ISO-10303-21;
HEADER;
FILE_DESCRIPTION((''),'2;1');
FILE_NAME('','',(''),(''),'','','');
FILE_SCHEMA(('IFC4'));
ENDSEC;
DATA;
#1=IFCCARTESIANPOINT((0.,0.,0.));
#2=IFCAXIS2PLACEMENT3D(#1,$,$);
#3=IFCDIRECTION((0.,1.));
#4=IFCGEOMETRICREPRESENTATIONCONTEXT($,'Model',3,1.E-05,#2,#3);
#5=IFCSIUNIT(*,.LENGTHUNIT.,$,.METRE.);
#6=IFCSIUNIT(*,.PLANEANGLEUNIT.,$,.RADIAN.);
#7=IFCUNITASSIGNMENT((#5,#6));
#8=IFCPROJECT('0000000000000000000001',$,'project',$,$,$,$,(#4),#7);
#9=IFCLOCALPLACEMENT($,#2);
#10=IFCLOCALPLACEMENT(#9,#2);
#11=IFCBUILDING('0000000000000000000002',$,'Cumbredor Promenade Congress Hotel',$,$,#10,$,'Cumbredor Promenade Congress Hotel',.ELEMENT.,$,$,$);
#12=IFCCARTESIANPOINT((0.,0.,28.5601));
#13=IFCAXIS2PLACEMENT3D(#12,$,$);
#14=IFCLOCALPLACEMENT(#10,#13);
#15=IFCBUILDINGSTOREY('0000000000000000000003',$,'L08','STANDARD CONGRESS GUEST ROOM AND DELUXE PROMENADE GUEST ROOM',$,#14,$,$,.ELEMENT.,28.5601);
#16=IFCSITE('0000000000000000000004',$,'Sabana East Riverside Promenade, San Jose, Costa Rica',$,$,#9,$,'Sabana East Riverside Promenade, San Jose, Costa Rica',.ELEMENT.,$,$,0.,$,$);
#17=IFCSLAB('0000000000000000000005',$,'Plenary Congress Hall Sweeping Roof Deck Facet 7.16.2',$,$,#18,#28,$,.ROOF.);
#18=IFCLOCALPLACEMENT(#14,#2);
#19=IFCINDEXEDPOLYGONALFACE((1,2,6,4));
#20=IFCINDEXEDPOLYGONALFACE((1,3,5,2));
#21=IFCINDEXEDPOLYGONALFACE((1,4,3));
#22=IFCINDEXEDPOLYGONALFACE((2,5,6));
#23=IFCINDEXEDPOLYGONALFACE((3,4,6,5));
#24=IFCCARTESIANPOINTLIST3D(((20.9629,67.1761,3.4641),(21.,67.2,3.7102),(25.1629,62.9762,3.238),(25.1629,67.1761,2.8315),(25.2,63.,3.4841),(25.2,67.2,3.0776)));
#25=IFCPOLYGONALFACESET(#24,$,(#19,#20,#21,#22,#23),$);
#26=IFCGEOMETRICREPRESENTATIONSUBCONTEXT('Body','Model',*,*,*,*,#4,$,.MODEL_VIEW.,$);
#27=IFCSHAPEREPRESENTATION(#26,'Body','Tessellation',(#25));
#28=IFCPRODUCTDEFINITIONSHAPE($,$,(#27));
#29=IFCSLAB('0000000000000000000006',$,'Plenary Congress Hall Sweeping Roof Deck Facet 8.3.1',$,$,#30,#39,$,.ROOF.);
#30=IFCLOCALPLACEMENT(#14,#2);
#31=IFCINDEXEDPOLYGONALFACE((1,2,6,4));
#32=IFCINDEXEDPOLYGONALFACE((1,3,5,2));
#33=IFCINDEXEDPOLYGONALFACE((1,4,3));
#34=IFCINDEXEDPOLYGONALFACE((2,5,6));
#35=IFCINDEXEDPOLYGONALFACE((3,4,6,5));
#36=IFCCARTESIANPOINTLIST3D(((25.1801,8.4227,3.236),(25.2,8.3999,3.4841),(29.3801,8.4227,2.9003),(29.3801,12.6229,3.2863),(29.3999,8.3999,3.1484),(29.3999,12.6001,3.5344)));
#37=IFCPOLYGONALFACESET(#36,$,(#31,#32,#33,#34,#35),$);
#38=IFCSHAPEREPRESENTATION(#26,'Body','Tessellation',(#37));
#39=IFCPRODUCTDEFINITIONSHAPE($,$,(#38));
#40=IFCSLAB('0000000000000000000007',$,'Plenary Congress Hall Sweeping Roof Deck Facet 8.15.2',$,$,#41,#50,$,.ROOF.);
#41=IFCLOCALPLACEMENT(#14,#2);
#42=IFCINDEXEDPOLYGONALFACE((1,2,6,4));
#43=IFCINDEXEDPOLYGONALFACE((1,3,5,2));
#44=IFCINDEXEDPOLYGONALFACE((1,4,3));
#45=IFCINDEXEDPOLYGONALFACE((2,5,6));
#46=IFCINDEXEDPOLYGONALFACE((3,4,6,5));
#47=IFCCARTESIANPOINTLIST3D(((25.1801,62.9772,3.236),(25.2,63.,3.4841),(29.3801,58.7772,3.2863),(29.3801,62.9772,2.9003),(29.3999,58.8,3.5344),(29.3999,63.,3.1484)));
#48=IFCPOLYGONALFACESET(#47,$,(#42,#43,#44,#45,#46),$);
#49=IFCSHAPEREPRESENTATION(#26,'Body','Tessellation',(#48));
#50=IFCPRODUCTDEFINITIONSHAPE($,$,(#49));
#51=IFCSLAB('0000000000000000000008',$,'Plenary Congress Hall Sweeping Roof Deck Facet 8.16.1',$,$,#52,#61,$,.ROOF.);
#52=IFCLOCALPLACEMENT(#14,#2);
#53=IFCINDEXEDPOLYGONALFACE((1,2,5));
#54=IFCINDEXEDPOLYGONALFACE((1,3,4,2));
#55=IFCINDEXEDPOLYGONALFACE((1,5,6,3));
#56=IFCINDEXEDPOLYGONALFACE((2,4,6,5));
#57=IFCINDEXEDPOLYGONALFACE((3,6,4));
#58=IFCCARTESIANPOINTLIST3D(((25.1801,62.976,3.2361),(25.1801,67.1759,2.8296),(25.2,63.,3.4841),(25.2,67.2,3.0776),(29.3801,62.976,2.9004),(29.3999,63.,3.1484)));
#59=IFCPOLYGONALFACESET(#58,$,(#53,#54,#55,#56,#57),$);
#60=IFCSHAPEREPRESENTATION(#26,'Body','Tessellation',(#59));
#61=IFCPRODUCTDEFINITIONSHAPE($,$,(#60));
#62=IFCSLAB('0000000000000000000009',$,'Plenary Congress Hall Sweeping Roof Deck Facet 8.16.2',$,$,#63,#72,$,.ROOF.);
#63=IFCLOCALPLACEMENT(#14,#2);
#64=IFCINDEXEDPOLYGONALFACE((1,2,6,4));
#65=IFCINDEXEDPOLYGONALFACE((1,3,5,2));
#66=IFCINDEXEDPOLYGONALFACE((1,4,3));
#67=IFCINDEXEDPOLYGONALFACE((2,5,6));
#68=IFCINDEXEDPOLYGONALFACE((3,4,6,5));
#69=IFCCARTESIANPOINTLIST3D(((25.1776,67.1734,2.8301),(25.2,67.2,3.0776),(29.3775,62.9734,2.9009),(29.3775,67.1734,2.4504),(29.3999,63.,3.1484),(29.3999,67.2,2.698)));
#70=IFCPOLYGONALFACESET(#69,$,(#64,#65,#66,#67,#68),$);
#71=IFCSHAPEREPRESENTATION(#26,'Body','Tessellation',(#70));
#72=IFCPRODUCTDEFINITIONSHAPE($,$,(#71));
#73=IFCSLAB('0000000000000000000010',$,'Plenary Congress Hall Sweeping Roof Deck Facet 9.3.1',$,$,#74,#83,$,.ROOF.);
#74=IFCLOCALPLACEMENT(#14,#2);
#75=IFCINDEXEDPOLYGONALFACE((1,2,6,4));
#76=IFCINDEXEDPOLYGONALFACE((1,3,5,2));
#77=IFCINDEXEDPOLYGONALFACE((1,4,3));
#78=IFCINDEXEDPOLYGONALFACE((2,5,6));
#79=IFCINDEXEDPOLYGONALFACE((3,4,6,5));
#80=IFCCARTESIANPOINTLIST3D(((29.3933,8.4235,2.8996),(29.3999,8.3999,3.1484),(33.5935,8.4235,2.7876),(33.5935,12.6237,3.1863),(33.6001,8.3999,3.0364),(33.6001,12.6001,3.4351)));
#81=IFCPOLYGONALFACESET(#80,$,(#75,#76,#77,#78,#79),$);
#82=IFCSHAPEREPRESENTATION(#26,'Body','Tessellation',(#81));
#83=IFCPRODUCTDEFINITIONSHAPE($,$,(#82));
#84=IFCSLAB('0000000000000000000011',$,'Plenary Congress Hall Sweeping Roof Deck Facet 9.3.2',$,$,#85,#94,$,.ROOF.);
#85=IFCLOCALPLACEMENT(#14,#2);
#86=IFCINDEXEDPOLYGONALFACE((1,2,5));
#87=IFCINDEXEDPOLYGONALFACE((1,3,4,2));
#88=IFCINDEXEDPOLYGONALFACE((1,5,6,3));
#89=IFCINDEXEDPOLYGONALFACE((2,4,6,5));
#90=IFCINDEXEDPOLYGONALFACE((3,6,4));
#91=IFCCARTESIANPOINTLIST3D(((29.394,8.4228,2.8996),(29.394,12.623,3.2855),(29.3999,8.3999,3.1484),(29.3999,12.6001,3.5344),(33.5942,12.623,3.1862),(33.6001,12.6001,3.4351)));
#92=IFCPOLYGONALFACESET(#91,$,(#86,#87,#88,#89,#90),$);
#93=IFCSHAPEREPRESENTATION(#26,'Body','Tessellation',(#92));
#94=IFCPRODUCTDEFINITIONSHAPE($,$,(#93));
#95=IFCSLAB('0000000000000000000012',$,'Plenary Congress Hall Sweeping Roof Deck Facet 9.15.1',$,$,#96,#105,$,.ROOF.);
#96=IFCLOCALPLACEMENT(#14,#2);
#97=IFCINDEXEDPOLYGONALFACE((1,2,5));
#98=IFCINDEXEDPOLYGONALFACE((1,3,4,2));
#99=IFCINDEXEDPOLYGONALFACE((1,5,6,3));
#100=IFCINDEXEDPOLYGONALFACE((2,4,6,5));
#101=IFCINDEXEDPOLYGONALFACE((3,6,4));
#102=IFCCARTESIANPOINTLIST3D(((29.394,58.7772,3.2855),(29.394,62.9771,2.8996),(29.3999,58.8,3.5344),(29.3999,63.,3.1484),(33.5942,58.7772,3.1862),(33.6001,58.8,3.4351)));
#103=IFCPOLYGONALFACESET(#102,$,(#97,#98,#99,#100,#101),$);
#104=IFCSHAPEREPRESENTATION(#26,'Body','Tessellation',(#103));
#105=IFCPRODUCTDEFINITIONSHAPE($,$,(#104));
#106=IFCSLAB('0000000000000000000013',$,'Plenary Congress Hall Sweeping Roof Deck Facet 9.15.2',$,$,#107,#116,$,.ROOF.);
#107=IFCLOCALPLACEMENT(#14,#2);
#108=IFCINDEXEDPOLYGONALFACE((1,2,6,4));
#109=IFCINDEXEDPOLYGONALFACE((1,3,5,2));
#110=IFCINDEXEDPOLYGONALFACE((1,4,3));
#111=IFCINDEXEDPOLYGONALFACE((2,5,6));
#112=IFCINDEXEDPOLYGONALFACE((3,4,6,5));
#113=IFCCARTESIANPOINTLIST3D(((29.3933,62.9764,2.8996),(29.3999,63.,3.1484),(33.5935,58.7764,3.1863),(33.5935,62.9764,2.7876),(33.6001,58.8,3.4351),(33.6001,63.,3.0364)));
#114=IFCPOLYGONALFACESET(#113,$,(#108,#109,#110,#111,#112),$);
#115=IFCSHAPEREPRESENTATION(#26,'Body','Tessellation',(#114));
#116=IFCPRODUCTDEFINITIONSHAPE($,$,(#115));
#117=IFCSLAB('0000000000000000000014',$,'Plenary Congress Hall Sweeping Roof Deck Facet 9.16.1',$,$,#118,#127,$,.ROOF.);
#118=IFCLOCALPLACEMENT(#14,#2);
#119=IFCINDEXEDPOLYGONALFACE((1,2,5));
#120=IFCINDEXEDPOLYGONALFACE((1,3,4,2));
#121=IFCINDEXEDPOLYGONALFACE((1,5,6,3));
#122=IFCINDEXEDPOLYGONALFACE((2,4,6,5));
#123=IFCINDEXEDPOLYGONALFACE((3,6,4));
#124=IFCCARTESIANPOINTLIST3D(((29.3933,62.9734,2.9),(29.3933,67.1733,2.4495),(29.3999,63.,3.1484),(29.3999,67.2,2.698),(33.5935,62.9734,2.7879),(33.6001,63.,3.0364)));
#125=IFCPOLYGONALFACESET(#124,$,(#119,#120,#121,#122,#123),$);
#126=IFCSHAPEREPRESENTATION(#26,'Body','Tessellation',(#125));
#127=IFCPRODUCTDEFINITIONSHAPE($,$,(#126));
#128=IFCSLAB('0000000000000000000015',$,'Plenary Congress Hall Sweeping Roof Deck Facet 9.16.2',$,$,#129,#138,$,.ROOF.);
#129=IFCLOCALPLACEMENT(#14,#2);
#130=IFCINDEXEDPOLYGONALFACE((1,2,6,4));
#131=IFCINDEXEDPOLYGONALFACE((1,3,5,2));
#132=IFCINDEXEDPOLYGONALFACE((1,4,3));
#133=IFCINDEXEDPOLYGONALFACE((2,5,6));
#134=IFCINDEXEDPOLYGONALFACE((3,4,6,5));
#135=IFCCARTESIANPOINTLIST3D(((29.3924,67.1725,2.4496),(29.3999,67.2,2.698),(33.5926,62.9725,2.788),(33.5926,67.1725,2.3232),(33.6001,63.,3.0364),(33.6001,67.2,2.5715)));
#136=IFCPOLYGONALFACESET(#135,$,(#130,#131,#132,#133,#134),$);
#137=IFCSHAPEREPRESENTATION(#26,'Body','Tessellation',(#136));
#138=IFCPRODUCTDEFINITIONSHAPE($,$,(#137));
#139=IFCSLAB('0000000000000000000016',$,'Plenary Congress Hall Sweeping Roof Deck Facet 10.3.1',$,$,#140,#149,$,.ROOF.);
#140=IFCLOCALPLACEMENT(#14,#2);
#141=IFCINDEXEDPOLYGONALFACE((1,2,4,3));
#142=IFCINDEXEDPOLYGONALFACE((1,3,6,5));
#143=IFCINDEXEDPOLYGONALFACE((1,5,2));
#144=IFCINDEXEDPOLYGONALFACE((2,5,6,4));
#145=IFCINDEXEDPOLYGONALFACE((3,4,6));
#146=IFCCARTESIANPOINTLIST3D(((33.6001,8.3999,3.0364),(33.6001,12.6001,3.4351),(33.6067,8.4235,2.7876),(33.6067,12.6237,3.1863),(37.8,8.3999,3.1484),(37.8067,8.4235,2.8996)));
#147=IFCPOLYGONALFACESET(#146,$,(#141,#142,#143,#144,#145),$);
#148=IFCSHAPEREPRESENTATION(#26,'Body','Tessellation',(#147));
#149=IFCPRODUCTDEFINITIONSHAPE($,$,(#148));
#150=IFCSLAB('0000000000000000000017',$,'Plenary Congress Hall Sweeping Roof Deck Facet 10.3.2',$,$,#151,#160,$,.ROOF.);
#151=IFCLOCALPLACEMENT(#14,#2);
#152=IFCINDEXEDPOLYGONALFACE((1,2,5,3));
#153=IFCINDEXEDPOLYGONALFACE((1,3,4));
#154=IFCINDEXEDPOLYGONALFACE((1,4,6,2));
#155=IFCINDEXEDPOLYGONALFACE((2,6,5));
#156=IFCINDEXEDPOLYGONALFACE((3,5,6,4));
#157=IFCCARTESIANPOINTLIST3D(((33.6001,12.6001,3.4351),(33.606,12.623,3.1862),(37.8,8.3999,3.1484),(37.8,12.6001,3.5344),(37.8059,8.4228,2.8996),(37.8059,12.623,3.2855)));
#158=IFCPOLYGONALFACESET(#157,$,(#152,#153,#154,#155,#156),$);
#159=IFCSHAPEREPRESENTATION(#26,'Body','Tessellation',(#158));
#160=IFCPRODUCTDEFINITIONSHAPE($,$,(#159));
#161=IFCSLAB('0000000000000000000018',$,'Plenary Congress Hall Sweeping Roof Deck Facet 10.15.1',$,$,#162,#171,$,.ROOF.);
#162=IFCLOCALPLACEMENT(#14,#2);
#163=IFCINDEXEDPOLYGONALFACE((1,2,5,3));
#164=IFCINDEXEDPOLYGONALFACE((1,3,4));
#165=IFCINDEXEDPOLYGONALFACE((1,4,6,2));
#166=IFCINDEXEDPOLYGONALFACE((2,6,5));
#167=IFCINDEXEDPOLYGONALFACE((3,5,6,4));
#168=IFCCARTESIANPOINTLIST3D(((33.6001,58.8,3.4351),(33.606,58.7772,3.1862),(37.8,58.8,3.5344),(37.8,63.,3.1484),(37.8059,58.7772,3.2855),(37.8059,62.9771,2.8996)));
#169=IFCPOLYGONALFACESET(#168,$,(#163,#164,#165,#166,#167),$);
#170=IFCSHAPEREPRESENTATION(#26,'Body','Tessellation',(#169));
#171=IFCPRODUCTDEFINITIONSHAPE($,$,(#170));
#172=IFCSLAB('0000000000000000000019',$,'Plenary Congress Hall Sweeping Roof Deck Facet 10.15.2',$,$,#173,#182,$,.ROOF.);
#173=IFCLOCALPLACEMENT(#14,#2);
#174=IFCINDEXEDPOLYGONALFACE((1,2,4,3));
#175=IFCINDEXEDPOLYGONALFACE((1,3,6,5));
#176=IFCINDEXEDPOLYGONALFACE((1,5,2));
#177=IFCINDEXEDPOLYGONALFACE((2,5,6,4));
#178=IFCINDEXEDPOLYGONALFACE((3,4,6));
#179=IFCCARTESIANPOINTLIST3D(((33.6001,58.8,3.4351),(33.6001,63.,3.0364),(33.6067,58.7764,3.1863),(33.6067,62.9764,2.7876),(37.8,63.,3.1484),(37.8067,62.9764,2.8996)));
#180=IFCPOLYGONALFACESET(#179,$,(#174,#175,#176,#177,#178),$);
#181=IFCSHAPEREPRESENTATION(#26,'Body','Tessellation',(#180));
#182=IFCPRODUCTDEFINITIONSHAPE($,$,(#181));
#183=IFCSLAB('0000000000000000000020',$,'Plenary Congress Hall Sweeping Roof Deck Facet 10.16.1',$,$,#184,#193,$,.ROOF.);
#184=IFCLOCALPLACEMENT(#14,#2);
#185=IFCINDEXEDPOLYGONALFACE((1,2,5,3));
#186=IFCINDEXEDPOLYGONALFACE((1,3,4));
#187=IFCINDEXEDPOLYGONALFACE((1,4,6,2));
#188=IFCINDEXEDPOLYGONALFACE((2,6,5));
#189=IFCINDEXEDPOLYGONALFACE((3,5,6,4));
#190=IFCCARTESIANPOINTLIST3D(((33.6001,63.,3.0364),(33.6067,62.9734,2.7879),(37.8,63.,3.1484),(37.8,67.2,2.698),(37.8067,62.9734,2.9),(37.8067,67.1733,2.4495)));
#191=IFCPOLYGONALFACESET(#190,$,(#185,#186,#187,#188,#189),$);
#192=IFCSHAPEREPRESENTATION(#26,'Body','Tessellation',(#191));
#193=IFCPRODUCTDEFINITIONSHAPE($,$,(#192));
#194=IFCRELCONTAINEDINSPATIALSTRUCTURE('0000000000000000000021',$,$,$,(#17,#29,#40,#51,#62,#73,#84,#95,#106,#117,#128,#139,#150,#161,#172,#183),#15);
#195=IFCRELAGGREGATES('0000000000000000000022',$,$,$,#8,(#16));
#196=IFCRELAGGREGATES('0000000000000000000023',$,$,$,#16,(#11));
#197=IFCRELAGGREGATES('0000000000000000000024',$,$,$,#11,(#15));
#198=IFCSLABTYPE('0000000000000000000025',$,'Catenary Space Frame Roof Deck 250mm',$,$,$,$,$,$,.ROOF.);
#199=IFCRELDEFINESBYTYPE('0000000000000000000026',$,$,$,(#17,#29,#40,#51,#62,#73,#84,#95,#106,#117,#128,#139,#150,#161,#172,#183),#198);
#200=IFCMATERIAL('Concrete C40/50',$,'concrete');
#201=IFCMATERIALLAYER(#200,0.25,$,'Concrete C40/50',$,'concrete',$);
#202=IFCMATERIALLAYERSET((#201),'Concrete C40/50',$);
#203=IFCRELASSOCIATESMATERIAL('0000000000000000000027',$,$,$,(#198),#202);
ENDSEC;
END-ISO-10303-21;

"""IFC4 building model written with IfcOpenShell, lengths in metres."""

from ifc_helpers import new_model, si_unit, direction, frame, origin, place, context, subcontext, project, spatial, polyline, outline, extrude, material, layer, layer_set, type_object, element, save


model = new_model("IFC4")

# Units and contexts
model_context = context("Model", 3, precision=1e-05, world=origin(), true_north=direction((0.0, 1.0)))
body_context = subcontext(model_context, "Body", "Model", "MODEL_VIEW")
ifc_project = project(units=[si_unit("LENGTHUNIT", "METRE"), si_unit("PLANEANGLEUNIT", "RADIAN")], contexts=[model_context])

# Site, building, storey
site_placement = place(None, origin())
site = spatial("IfcSite", under=ifc_project, at=site_placement, Name="Sabana East Riverside Promenade, San Jose, Costa Rica", LongName="Sabana East Riverside Promenade, San Jose, Costa Rica", CompositionType="ELEMENT", RefElevation=0.0)
building_placement = place(site_placement, origin())
building = spatial("IfcBuilding", under=site, at=building_placement, Name="Cumbredor Promenade Congress Hotel", LongName="Cumbredor Promenade Congress Hotel", CompositionType="ELEMENT")
storey_placement = place(building_placement, frame((0.0, 0.0, 28.5601)))
storey = spatial("IfcBuildingStorey", under=building, at=storey_placement, Name="L08", Description="STANDARD CONGRESS GUEST ROOM AND DELUXE PROMENADE GUEST ROOM", CompositionType="ELEMENT", Elevation=28.5601)

# Slabs
ifc_material_1 = material(Name="Concrete C40/50", Category="concrete")
ifc_layer_1 = layer(ifc_material_1, 0.25, Name="Concrete C40/50", Category="concrete")
ifc_layer_set_1 = layer_set([ifc_layer_1], Name="Concrete C40/50")
slab_type = type_object("IfcSlabType", Name="Catenary Space Frame Roof Deck 250mm", PredefinedType="ROOF", material=ifc_layer_set_1)
slab_1_placement = place(storey_placement, frame((25.2, 63.0, 3.4841), z_axis=(0.148256, 0.095271, 0.984349), x_axis=(0.0, 0.995349, -0.096335)))
element("IfcSlab", 1, at=slab_1_placement, inside=storey, type_object=slab_type, Name="Plenary Congress Hall Sweeping Roof Deck Facet 7.16.2", PredefinedType="ROOF", context=body_context, shape_type="SweptSolid", body=[
    extrude(outline(polyline([(0.0, 0.0), (4.2196, 0.0), (4.1586, 4.2469), (0.0, 0.0)])), origin(), (0.0, 0.0, -1.0), 0.25),
])
slab_2_placement = place(storey_placement, frame((25.2, 8.3999, 3.4841), z_axis=(0.079342, -0.091223, 0.992665), x_axis=(0.996821, 0.0, -0.079674)))
element("IfcSlab", 2, at=slab_2_placement, inside=storey, type_object=slab_type, Name="Plenary Congress Hall Sweeping Roof Deck Facet 8.3.1", PredefinedType="ROOF", context=body_context, shape_type="SweptSolid", body=[
    extrude(outline(polyline([(0.0, 0.0), (4.2133, 0.0), (4.1826, 4.2178), (0.0, 0.0)])), origin(), (0.0, 0.0, -1.0), 0.25),
])
slab_3_placement = place(storey_placement, frame((29.3999, 58.8, 3.5344), z_axis=(0.079342, 0.091228, 0.992664), x_axis=(0.0, 0.995804, -0.091517)))
element("IfcSlab", 3, at=slab_3_placement, inside=storey, type_object=slab_type, Name="Plenary Congress Hall Sweeping Roof Deck Facet 8.15.2", PredefinedType="ROOF", context=body_context, shape_type="SweptSolid", body=[
    extrude(outline(polyline([(0.0, 0.0), (4.2177, 0.0), (4.1869, 4.2132), (0.0, 0.0)])), origin(), (0.0, 0.0, -1.0), 0.25),
])
slab_4_placement = place(storey_placement, frame((25.2, 63.0, 3.4841), z_axis=(0.079306, 0.096032, 0.992214), x_axis=(0.996821, 0.0, -0.079674)))
element("IfcSlab", 4, at=slab_4_placement, inside=storey, type_object=slab_type, Name="Plenary Congress Hall Sweeping Roof Deck Facet 8.16.1", PredefinedType="ROOF", context=body_context, shape_type="SweptSolid", body=[
    extrude(outline(polyline([(0.0, 0.0), (4.2133, 0.0), (0.0324, 4.2195), (0.0, 0.0)])), origin(), (0.0, 0.0, -1.0), 0.25),
])
slab_5_placement = place(storey_placement, frame((29.3999, 63.0, 3.1484), z_axis=(0.089515, 0.106209, 0.990306), x_axis=(0.0, 0.994298, -0.106637)))
element("IfcSlab", 5, at=slab_5_placement, inside=storey, type_object=slab_type, Name="Plenary Congress Hall Sweeping Roof Deck Facet 8.16.2", PredefinedType="ROOF", context=body_context, shape_type="SweptSolid", body=[
    extrude(outline(polyline([(0.0, 0.0), (4.224, 0.0), (4.1836, 4.2169), (0.0, 0.0)])), origin(), (0.0, 0.0, -1.0), 0.25),
])
slab_6_placement = place(storey_placement, frame((29.3999, 8.3999, 3.1484), z_axis=(0.026551, -0.094462, 0.995174), x_axis=(0.999644, 0.0, -0.02667)))
element("IfcSlab", 6, at=slab_6_placement, inside=storey, type_object=slab_type, Name="Plenary Congress Hall Sweeping Roof Deck Facet 9.3.1", PredefinedType="ROOF", context=body_context, shape_type="SweptSolid", body=[
    extrude(outline(polyline([(0.0, 0.0), (4.2017, 0.0), (4.1911, 4.2191), (0.0, 0.0)])), origin(), (0.0, 0.0, -1.0), 0.25),
])
slab_7_placement = place(storey_placement, frame((29.3999, 8.3999, 3.1484), z_axis=(0.023551, -0.091486, 0.995528), x_axis=(0.706285, 0.706285, 0.048197)))
element("IfcSlab", 7, at=slab_7_placement, inside=storey, type_object=slab_type, Name="Plenary Congress Hall Sweeping Roof Deck Facet 9.3.2", PredefinedType="ROOF", context=body_context, shape_type="SweptSolid", body=[
    extrude(outline(polyline([(0.0, 0.0), (5.9469, 0.0), (2.9851, 2.9799), (0.0, 0.0)])), origin(), (0.0, 0.0, -1.0), 0.25),
])
slab_8_placement = place(storey_placement, frame((29.3999, 58.8, 3.5344), z_axis=(0.023551, 0.091492, 0.995527), x_axis=(0.99972, 0.0, -0.023651)))
element("IfcSlab", 8, at=slab_8_placement, inside=storey, type_object=slab_type, Name="Plenary Congress Hall Sweeping Roof Deck Facet 9.15.1", PredefinedType="ROOF", context=body_context, shape_type="SweptSolid", body=[
    extrude(outline(polyline([(0.0, 0.0), (4.2014, 0.0), (0.0091, 4.2176), (0.0, 0.0)])), origin(), (0.0, 0.0, -1.0), 0.25),
])
slab_9_placement = place(storey_placement, frame((33.6001, 58.8, 3.4351), z_axis=(0.026551, 0.094467, 0.995174), x_axis=(0.0, 0.995525, -0.0945)))
element("IfcSlab", 9, at=slab_9_placement, inside=storey, type_object=slab_type, Name="Plenary Congress Hall Sweeping Roof Deck Facet 9.15.2", PredefinedType="ROOF", context=body_context, shape_type="SweptSolid", body=[
    extrude(outline(polyline([(0.0, 0.0), (4.2188, 0.0), (4.2082, 4.2017), (0.0, 0.0)])), origin(), (0.0, 0.0, -1.0), 0.25),
])
slab_10_placement = place(storey_placement, frame((29.3999, 63.0, 3.1484), z_axis=(0.026518, 0.1066, 0.993948), x_axis=(0.999644, 0.0, -0.02667)))
element("IfcSlab", 10, at=slab_10_placement, inside=storey, type_object=slab_type, Name="Plenary Congress Hall Sweeping Roof Deck Facet 9.16.1", PredefinedType="ROOF", context=body_context, shape_type="SweptSolid", body=[
    extrude(outline(polyline([(0.0, 0.0), (4.2017, 0.0), (0.012, 4.224), (0.0, 0.0)])), origin(), (0.0, 0.0, -1.0), 0.25),
])
slab_11_placement = place(storey_placement, frame((33.6001, 63.0, 3.0364), z_axis=(0.029913, 0.109957, 0.993486), x_axis=(0.0, 0.993931, -0.110007)))
element("IfcSlab", 11, at=slab_11_placement, inside=storey, type_object=slab_type, Name="Plenary Congress Hall Sweeping Roof Deck Facet 9.16.2", PredefinedType="ROOF", context=body_context, shape_type="SweptSolid", body=[
    extrude(outline(polyline([(0.0, 0.0), (4.2256, 0.0), (4.2117, 4.2021), (0.0, 0.0)])), origin(), (0.0, 0.0, -1.0), 0.25),
])
slab_12_placement = place(storey_placement, frame((33.6001, 8.3999, 3.0364), z_axis=(-0.026553, -0.094462, 0.995174), x_axis=(0.999644, 0.0, 0.026672)))
element("IfcSlab", 12, at=slab_12_placement, inside=storey, type_object=slab_type, Name="Plenary Congress Hall Sweeping Roof Deck Facet 10.3.1", PredefinedType="ROOF", context=body_context, shape_type="SweptSolid", body=[
    extrude(outline(polyline([(0.0, 0.0), (4.2014, 0.0), (0.0106, 4.2191), (0.0, 0.0)])), origin(), (0.0, 0.0, -1.0), 0.25),
])
slab_13_placement = place(storey_placement, frame((37.8, 8.3999, 3.1484), z_axis=(-0.023553, -0.091486, 0.995528), x_axis=(0.0, 0.995804, 0.091512)))
element("IfcSlab", 13, at=slab_13_placement, inside=storey, type_object=slab_type, Name="Plenary Congress Hall Sweeping Roof Deck Facet 10.3.2", PredefinedType="ROOF", context=body_context, shape_type="SweptSolid", body=[
    extrude(outline(polyline([(0.0, 0.0), (4.2179, 0.0), (4.2088, 4.2011), (0.0, 0.0)])), origin(), (0.0, 0.0, -1.0), 0.25),
])
slab_14_placement = place(storey_placement, frame((33.6001, 58.8, 3.4351), z_axis=(-0.023553, 0.091492, 0.995527), x_axis=(0.99972, 0.0, 0.023652)))
element("IfcSlab", 14, at=slab_14_placement, inside=storey, type_object=slab_type, Name="Plenary Congress Hall Sweeping Roof Deck Facet 10.15.1", PredefinedType="ROOF", context=body_context, shape_type="SweptSolid", body=[
    extrude(outline(polyline([(0.0, 0.0), (4.2011, 0.0), (4.192, 4.2176), (0.0, 0.0)])), origin(), (0.0, 0.0, -1.0), 0.25),
])
slab_15_placement = place(storey_placement, frame((33.6001, 58.8, 3.4351), z_axis=(-0.026553, 0.094467, 0.995174), x_axis=(0.706285, 0.706285, -0.0482)))
element("IfcSlab", 15, at=slab_15_placement, inside=storey, type_object=slab_type, Name="Plenary Congress Hall Sweeping Roof Deck Facet 10.15.2", PredefinedType="ROOF", context=body_context, shape_type="SweptSolid", body=[
    extrude(outline(polyline([(0.0, 0.0), (5.9465, 0.0), (2.9856, 2.9807), (0.0, 0.0)])), origin(), (0.0, 0.0, -1.0), 0.25),
])
slab_16_placement = place(storey_placement, frame((33.6001, 63.0, 3.0364), z_axis=(-0.02652, 0.1066, 0.993948), x_axis=(0.999644, 0.0, 0.026672)))
element("IfcSlab", 16, at=slab_16_placement, inside=storey, type_object=slab_type, Name="Plenary Congress Hall Sweeping Roof Deck Facet 10.16.1", PredefinedType="ROOF", context=body_context, shape_type="SweptSolid", body=[
    extrude(outline(polyline([(0.0, 0.0), (4.2014, 0.0), (4.1894, 4.224), (0.0, 0.0)])), origin(), (0.0, 0.0, -1.0), 0.25),
])

save(model, "model.ifc")
